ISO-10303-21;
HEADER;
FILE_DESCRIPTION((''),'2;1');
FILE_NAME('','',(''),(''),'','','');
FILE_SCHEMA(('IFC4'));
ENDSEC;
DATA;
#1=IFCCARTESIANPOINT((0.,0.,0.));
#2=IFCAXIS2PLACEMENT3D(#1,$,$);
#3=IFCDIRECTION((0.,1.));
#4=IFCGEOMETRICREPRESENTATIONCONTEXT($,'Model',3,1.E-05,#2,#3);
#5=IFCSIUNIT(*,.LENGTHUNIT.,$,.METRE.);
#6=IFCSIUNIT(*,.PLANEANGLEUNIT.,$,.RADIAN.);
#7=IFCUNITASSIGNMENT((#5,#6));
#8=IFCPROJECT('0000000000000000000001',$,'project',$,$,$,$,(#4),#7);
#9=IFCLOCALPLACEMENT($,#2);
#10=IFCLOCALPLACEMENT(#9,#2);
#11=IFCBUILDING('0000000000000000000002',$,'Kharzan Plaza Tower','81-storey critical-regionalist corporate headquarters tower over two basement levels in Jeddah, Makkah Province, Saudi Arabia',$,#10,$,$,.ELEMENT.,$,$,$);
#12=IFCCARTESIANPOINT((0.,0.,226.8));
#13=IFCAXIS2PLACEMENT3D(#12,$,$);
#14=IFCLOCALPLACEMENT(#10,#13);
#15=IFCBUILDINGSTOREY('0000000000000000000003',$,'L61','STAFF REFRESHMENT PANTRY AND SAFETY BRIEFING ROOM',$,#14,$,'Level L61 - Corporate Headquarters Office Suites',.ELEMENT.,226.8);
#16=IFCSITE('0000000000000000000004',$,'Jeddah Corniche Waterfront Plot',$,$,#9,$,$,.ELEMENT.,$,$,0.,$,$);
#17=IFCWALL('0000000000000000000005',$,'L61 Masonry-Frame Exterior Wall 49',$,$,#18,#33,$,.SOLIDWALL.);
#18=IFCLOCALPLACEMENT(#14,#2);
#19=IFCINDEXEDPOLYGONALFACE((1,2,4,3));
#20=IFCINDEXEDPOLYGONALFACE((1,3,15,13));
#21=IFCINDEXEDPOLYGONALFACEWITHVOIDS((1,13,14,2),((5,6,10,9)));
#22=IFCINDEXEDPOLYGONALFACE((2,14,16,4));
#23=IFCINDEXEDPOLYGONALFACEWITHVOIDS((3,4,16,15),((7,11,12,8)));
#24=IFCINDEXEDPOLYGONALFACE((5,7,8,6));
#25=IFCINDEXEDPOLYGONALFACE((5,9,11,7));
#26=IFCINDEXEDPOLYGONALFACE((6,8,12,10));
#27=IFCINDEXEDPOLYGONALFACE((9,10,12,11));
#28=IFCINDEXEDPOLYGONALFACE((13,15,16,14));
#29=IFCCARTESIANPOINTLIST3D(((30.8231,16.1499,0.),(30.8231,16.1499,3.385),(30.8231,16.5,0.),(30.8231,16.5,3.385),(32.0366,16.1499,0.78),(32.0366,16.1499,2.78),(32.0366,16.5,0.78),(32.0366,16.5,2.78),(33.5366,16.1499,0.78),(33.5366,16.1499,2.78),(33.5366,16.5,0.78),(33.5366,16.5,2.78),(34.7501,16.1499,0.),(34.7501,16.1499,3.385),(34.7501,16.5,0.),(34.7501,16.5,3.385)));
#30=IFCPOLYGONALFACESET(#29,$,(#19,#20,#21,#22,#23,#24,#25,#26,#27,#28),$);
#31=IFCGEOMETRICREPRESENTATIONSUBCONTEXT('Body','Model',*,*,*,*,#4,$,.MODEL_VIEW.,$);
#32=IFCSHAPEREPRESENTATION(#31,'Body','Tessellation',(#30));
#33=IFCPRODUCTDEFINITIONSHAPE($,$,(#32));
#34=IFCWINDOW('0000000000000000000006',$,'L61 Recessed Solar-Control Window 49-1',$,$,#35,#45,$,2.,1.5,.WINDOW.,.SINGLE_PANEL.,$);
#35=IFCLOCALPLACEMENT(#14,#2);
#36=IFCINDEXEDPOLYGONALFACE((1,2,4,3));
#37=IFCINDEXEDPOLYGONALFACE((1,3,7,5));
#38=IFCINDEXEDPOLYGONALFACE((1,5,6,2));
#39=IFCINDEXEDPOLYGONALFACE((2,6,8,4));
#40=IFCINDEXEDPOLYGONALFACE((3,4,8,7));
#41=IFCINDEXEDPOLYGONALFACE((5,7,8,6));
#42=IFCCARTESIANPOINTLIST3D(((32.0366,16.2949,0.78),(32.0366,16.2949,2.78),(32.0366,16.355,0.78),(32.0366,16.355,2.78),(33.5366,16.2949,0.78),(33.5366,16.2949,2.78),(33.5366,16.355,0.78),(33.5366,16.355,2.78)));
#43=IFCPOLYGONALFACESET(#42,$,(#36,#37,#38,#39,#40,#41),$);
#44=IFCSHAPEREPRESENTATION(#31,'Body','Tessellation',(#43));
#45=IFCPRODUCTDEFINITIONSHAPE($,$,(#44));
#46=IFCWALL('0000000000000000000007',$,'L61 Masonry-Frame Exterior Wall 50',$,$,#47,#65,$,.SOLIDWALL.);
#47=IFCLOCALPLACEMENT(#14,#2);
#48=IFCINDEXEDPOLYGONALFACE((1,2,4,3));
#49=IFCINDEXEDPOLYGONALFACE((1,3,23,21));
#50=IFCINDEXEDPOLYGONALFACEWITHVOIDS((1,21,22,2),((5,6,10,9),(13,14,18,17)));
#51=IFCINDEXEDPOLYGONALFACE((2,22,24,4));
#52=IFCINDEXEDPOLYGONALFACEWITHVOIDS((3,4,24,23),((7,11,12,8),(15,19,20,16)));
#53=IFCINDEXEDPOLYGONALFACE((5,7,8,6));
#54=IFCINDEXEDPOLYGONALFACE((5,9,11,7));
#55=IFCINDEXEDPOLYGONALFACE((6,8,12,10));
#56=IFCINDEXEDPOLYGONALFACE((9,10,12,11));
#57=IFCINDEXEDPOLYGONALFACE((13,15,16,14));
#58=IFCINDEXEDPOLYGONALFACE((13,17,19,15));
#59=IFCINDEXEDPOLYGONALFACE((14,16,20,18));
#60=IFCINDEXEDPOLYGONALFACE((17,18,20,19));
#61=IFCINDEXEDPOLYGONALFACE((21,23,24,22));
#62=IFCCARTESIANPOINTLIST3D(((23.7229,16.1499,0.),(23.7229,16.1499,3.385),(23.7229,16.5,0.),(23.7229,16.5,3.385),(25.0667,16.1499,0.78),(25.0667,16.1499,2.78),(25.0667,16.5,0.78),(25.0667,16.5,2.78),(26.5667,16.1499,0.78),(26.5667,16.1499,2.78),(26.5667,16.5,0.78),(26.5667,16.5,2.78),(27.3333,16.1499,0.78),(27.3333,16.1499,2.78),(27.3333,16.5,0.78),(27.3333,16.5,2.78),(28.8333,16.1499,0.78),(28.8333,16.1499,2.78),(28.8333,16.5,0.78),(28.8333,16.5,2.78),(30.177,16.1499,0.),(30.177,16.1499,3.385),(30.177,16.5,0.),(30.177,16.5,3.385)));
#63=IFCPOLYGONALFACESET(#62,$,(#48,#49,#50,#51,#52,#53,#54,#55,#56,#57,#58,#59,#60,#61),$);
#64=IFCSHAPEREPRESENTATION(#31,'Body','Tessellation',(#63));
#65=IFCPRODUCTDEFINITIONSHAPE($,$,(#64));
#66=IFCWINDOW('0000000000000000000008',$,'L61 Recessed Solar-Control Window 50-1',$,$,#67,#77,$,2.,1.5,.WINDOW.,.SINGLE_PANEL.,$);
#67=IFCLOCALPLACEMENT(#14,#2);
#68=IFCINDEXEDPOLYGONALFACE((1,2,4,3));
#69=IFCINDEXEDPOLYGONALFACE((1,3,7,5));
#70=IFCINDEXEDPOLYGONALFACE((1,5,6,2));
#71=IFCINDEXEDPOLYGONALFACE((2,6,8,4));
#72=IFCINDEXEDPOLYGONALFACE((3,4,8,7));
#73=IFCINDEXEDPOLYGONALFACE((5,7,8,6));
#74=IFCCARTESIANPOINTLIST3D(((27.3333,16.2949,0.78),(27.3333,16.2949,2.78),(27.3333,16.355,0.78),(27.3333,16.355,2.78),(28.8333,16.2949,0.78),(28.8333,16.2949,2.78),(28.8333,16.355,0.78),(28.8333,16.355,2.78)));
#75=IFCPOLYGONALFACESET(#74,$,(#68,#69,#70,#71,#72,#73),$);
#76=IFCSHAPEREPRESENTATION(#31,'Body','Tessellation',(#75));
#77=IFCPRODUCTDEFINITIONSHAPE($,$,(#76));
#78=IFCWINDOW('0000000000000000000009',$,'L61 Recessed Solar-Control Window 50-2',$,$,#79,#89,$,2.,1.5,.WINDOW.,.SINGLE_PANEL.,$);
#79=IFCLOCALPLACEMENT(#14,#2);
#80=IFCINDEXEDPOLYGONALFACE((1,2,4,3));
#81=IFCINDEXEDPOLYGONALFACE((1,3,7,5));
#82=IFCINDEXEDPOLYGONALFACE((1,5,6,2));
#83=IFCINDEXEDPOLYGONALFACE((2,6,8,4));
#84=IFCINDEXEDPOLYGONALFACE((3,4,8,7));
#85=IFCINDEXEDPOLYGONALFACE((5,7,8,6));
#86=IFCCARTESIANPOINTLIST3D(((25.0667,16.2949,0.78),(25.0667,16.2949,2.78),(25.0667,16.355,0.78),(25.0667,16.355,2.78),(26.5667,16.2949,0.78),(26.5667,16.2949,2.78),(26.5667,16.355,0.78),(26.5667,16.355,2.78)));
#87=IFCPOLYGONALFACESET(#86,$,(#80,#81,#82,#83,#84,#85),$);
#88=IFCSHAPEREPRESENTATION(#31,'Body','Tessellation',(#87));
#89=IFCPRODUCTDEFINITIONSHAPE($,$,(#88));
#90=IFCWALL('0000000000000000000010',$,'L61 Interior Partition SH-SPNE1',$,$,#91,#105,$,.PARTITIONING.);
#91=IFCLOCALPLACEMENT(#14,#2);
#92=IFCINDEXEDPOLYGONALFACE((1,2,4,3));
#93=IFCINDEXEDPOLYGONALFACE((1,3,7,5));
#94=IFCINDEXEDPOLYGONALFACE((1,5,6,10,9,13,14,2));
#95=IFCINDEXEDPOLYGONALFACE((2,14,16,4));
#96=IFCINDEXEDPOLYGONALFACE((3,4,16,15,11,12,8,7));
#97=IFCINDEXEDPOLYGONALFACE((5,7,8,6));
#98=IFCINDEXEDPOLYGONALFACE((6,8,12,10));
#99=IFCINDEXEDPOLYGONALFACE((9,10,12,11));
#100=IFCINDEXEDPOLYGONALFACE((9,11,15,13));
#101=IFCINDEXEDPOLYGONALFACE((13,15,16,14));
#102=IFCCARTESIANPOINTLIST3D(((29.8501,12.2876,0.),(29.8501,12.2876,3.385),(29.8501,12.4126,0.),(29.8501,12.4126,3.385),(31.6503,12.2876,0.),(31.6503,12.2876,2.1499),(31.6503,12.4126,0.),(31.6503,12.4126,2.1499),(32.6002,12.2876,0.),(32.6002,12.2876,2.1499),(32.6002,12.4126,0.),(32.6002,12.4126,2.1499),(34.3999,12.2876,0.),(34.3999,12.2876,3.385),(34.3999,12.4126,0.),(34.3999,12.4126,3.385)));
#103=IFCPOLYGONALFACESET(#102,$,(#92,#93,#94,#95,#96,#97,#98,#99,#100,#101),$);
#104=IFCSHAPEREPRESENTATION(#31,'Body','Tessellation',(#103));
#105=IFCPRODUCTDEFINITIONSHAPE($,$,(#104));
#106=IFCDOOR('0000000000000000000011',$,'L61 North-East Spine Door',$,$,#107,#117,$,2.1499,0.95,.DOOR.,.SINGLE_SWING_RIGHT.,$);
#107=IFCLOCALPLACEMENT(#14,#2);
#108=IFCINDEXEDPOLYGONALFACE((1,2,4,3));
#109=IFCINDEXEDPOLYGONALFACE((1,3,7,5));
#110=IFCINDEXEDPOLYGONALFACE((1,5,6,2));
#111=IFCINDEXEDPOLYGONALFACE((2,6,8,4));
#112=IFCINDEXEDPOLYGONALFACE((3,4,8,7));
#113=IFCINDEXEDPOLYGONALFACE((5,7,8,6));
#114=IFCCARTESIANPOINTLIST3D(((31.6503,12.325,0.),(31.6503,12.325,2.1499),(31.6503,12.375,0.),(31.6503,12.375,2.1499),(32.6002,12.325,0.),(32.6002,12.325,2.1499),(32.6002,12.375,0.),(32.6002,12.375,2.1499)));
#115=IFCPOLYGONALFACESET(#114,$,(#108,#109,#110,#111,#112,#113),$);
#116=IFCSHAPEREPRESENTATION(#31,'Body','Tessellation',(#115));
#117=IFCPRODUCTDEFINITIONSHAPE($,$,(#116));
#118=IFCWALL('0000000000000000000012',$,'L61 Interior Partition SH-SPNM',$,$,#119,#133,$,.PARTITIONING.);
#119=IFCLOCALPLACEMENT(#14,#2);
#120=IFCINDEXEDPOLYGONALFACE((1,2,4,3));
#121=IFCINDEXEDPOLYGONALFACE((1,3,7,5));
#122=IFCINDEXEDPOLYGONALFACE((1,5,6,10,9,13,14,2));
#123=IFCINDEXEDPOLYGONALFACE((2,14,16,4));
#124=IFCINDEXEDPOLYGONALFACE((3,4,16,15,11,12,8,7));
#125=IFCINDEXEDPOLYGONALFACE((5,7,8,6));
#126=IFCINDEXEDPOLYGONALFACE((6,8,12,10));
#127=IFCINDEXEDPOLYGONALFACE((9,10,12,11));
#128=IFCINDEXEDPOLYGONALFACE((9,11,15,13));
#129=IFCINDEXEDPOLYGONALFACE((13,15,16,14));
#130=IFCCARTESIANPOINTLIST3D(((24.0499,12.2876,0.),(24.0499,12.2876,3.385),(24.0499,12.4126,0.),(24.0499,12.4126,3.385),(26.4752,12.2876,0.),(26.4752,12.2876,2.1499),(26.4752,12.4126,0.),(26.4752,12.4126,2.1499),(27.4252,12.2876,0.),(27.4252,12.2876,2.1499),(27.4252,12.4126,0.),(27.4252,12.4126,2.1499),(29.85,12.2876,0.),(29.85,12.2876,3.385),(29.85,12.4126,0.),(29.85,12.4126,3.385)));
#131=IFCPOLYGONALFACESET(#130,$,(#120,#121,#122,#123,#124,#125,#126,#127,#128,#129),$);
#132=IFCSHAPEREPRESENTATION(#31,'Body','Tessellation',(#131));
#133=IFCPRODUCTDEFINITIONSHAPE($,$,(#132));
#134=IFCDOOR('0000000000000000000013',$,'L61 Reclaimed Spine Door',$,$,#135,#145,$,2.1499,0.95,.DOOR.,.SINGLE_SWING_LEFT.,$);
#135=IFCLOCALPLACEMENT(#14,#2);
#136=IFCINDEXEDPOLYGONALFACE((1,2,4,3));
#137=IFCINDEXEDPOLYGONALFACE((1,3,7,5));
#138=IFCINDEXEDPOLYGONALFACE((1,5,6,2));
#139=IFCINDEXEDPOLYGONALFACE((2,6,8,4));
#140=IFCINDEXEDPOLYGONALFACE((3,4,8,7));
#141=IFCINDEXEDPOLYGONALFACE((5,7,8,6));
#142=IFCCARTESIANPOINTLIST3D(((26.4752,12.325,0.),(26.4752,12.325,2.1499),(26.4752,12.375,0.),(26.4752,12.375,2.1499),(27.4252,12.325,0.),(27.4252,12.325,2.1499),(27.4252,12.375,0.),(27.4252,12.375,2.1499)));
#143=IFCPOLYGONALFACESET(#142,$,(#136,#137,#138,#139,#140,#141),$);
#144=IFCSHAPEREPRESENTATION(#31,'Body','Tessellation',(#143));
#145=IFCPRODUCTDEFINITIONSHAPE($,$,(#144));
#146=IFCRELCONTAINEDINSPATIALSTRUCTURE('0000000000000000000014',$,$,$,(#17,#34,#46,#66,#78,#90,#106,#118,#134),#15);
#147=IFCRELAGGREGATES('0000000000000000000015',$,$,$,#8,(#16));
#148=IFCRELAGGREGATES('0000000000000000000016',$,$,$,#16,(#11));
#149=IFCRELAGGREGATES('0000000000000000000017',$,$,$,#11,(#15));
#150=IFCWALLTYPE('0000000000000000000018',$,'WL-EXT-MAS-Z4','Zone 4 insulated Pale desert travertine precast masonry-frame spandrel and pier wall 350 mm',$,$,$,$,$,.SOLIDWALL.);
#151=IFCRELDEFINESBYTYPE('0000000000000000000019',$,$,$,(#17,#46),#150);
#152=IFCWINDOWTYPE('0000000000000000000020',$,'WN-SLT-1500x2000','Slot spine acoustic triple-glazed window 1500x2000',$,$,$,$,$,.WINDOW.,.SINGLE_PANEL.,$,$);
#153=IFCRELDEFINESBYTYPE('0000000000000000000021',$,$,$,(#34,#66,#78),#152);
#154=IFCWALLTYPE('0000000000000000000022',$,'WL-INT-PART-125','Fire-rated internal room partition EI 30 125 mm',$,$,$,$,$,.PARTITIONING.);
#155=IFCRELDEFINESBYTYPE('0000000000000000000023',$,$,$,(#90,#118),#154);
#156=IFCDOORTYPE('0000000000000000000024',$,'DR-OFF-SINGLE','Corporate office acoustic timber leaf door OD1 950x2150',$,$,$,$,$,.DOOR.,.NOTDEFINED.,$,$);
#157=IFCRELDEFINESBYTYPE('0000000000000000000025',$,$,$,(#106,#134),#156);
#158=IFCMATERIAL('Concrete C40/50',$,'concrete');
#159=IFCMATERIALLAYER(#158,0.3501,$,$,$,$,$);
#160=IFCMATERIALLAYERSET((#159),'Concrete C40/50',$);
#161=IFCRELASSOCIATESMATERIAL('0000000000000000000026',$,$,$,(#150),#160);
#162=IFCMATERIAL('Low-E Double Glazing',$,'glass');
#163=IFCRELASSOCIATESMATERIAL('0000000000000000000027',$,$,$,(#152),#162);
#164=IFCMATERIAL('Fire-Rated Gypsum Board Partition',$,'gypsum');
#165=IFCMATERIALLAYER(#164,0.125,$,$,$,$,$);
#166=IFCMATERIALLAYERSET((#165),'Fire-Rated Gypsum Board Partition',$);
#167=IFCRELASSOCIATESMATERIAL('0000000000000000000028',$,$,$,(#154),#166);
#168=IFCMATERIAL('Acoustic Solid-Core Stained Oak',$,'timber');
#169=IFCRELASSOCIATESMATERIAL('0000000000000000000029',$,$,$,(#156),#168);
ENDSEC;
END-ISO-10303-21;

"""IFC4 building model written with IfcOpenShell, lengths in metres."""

from ifc_helpers import new_model, si_unit, direction, frame, frame_2d, origin, place, context, subcontext, project, spatial, rectangle, extrude, source, transform, mapped, material, layer, layer_set, type_object, element, fill, save


model = new_model("IFC4")

# Units and contexts
model_context = context("Model", 3, precision=1e-05, world=origin(), true_north=direction((0.0, 1.0)))
body_context = subcontext(model_context, "Body", "Model", "MODEL_VIEW")
ifc_project = project(units=[si_unit("LENGTHUNIT", "METRE"), si_unit("PLANEANGLEUNIT", "RADIAN")], contexts=[model_context])

# Site, building, storey
site_placement = place(None, origin())
site = spatial("IfcSite", under=ifc_project, at=site_placement, Name="Jeddah Corniche Waterfront Plot", CompositionType="ELEMENT", RefElevation=0.0)
building_placement = place(site_placement, origin())
building = spatial("IfcBuilding", under=site, at=building_placement, Name="Kharzan Plaza Tower", Description="81-storey critical-regionalist corporate headquarters tower over two basement levels in Jeddah, Makkah Province, Saudi Arabia", CompositionType="ELEMENT")
storey_placement = place(building_placement, frame((0.0, 0.0, 226.8)))
storey = spatial("IfcBuildingStorey", under=building, at=storey_placement, Name="L61", Description="STAFF REFRESHMENT PANTRY AND SAFETY BRIEFING ROOM", LongName="Level L61 - Corporate Headquarters Office Suites", CompositionType="ELEMENT", Elevation=226.8)

# Wall, opening, window
ifc_material_1 = material(Name="Concrete C40/50", Category="concrete")
ifc_layer_1 = layer(ifc_material_1, 0.3501)
ifc_layer_set_1 = layer_set([ifc_layer_1], Name="Concrete C40/50")
wall_type_1 = type_object("IfcWallType", Name="WL-EXT-MAS-Z4", Description="Zone 4 insulated Pale desert travertine precast masonry-frame spandrel and pier wall 350 mm", PredefinedType="SOLIDWALL", material=ifc_layer_set_1)
wall_1_placement = place(storey_placement, frame((34.75, 16.325, 0.0), z_axis=(0.0, 0.0, 1.0), x_axis=(-1.0, 0.0, 0.0)))
wall_1 = element("IfcWall", 1, at=wall_1_placement, inside=storey, type_object=wall_type_1, Name="L61 Masonry-Frame Exterior Wall 49", PredefinedType="SOLIDWALL", context=body_context, shape_type="SweptSolid", body=[
    extrude(rectangle(XDim=3.927, YDim=0.3501, at=frame_2d((1.9634, 0.0))), origin(), (0.0, 0.0, 1.0), 3.385),
])
opening_1_placement = place(wall_1_placement, frame((1.2134, 0.0, 0.78)))
opening_1 = element("IfcOpeningElement", 2, at=opening_1_placement, cuts=wall_1, PredefinedType="OPENING", context=body_context, shape_type="SweptSolid", body=[
    extrude(rectangle(XDim=1.5, YDim=2.0, at=frame_2d((0.75, 1.0))), frame((0.0, 0.1851, 0.0), z_axis=(0.0, -1.0, 0.0), x_axis=(1.0, 0.0, 0.0)), (0.0, 0.0, 1.0), 0.3701),
])
ifc_material_2 = material(Name="Low-E Double Glazing", Category="glass")
window_type = type_object("IfcWindowType", Name="WN-SLT-1500x2000", Description="Slot spine acoustic triple-glazed window 1500x2000", PartitioningType="SINGLE_PANEL", PredefinedType="WINDOW", material=ifc_material_2)
shared_shape_1 = source(origin(), body_context, "Body", "SweptSolid", [
    extrude(rectangle(XDim=1.5, YDim=2.0, at=frame_2d((0.75, 1.0))), frame((0.0, 0.03, 0.0), z_axis=(0.0, -1.0, 0.0), x_axis=(1.0, 0.0, 0.0)), (0.0, 0.0, 1.0), 0.0601),
])
window_1_placement = place(opening_1_placement, origin())
window_1 = element("IfcWindow", 3, at=window_1_placement, inside=storey, type_object=window_type, Name="L61 Recessed Solar-Control Window 49-1", OverallHeight=2.0, OverallWidth=1.5, PartitioningType="SINGLE_PANEL", PredefinedType="WINDOW", context=body_context, shape_type="MappedRepresentation", body=[
    mapped(shared_shape_1, transform((0.0, 0.0, 0.0), x_axis=(1.0, 0.0, 0.0), y_axis=(0.0, 1.0, 0.0), z_axis=(0.0, 0.0, 1.0))),
])
fill(opening_1, window_1)

# Wall, openings, windows
wall_2_placement = place(storey_placement, frame((30.177, 16.325, 0.0), z_axis=(0.0, 0.0, 1.0), x_axis=(-1.0, 0.0, 0.0)))
wall_2 = element("IfcWall", 4, at=wall_2_placement, inside=storey, type_object=wall_type_1, Name="L61 Masonry-Frame Exterior Wall 50", PredefinedType="SOLIDWALL", context=body_context, shape_type="SweptSolid", body=[
    extrude(rectangle(XDim=6.4541, YDim=0.3501, at=frame_2d((3.2271, 0.0))), origin(), (0.0, 0.0, 1.0), 3.385),
])
opening_2_placement = place(wall_2_placement, frame((1.3438, 0.0, 0.78)))
opening_2 = element("IfcOpeningElement", 5, at=opening_2_placement, cuts=wall_2, PredefinedType="OPENING", context=body_context, shape_type="SweptSolid", body=[
    extrude(rectangle(XDim=1.5, YDim=2.0, at=frame_2d((0.75, 1.0))), frame((0.0, 0.1851, 0.0), z_axis=(0.0, -1.0, 0.0), x_axis=(1.0, 0.0, 0.0)), (0.0, 0.0, 1.0), 0.3701),
])
opening_3_placement = place(wall_2_placement, frame((3.6104, 0.0, 0.78)))
opening_3 = element("IfcOpeningElement", 6, at=opening_3_placement, cuts=wall_2, PredefinedType="OPENING", context=body_context, shape_type="SweptSolid", body=[
    extrude(rectangle(XDim=1.5, YDim=2.0, at=frame_2d((0.75, 1.0))), frame((0.0, 0.1851, 0.0), z_axis=(0.0, -1.0, 0.0), x_axis=(1.0, 0.0, 0.0)), (0.0, 0.0, 1.0), 0.3701),
])
window_2_placement = place(opening_2_placement, origin())
window_2 = element("IfcWindow", 7, at=window_2_placement, inside=storey, type_object=window_type, Name="L61 Recessed Solar-Control Window 50-1", OverallHeight=2.0, OverallWidth=1.5, PartitioningType="SINGLE_PANEL", PredefinedType="WINDOW", context=body_context, shape_type="MappedRepresentation", body=[
    mapped(shared_shape_1, transform((0.0, 0.0, 0.0), x_axis=(1.0, 0.0, 0.0), y_axis=(0.0, 1.0, 0.0), z_axis=(0.0, 0.0, 1.0))),
])
fill(opening_2, window_2)
window_3_placement = place(opening_3_placement, origin())
window_3 = element("IfcWindow", 8, at=window_3_placement, inside=storey, type_object=window_type, Name="L61 Recessed Solar-Control Window 50-2", OverallHeight=2.0, OverallWidth=1.5, PartitioningType="SINGLE_PANEL", PredefinedType="WINDOW", context=body_context, shape_type="MappedRepresentation", body=[
    mapped(shared_shape_1, transform((0.0, 0.0, 0.0), x_axis=(1.0, 0.0, 0.0), y_axis=(0.0, 1.0, 0.0), z_axis=(0.0, 0.0, 1.0))),
])
fill(opening_3, window_3)

# Walls, openings, doors
ifc_material_3 = material(Name="Fire-Rated Gypsum Board Partition", Category="gypsum")
ifc_layer_2 = layer(ifc_material_3, 0.125)
ifc_layer_set_2 = layer_set([ifc_layer_2], Name="Fire-Rated Gypsum Board Partition")
wall_type_2 = type_object("IfcWallType", Name="WL-INT-PART-125", Description="Fire-rated internal room partition EI 30 125 mm", PredefinedType="PARTITIONING", material=ifc_layer_set_2)
wall_3_placement = place(storey_placement, frame((29.8501, 12.3501, 0.0), z_axis=(0.0, 0.0, 1.0), x_axis=(1.0, 0.0, 0.0)))
wall_3 = element("IfcWall", 9, at=wall_3_placement, inside=storey, type_object=wall_type_2, Name="L61 Interior Partition SH-SPNE1", PredefinedType="PARTITIONING", context=body_context, shape_type="SweptSolid", body=[
    extrude(rectangle(XDim=4.5498, YDim=0.125, at=frame_2d((2.2749, 0.0))), origin(), (0.0, 0.0, 1.0), 3.385),
])
opening_4_placement = place(wall_3_placement, frame((1.8, 0.0, 0.0)))
opening_4 = element("IfcOpeningElement", 10, at=opening_4_placement, cuts=wall_3, PredefinedType="OPENING", context=body_context, shape_type="SweptSolid", body=[
    extrude(rectangle(XDim=0.95, YDim=2.1499, at=frame_2d((0.4751, 1.075))), frame((0.0, 0.0725, 0.0), z_axis=(0.0, -1.0, 0.0), x_axis=(1.0, 0.0, 0.0)), (0.0, 0.0, 1.0), 0.145),
])
ifc_material_4 = material(Name="Acoustic Solid-Core Stained Oak", Category="timber")
door_type = type_object("IfcDoorType", Name="DR-OFF-SINGLE", Description="Corporate office acoustic timber leaf door OD1 950x2150", OperationType="NOTDEFINED", PredefinedType="DOOR", material=ifc_material_4)
shared_shape_2 = source(origin(), body_context, "Body", "SweptSolid", [
    extrude(rectangle(XDim=0.95, YDim=2.1499, at=frame_2d((0.4751, 1.075))), frame((0.0, 0.0249, 0.0), z_axis=(0.0, -1.0, 0.0), x_axis=(1.0, 0.0, 0.0)), (0.0, 0.0, 1.0), 0.05),
])
door_1_placement = place(opening_4_placement, origin())
door_1 = element("IfcDoor", 11, at=door_1_placement, inside=storey, type_object=door_type, Name="L61 North-East Spine Door", OperationType="SINGLE_SWING_RIGHT", OverallHeight=2.1499, OverallWidth=0.95, PredefinedType="DOOR", context=body_context, shape_type="MappedRepresentation", body=[
    mapped(shared_shape_2, transform((0.0, 0.0, 0.0), x_axis=(1.0, 0.0, 0.0), y_axis=(0.0, 1.0, 0.0), z_axis=(0.0, 0.0, 1.0))),
])
fill(opening_4, door_1)
wall_4_placement = place(storey_placement, frame((24.05, 12.3501, 0.0), z_axis=(0.0, 0.0, 1.0), x_axis=(1.0, 0.0, 0.0)))
wall_4 = element("IfcWall", 12, at=wall_4_placement, inside=storey, type_object=wall_type_2, Name="L61 Interior Partition SH-SPNM", PredefinedType="PARTITIONING", context=body_context, shape_type="SweptSolid", body=[
    extrude(rectangle(XDim=5.8, YDim=0.125, at=frame_2d((2.8999, 0.0))), origin(), (0.0, 0.0, 1.0), 3.385),
])
opening_5_placement = place(wall_4_placement, frame((2.425, 0.0, 0.0)))
opening_5 = element("IfcOpeningElement", 13, at=opening_5_placement, cuts=wall_4, PredefinedType="OPENING", context=body_context, shape_type="SweptSolid", body=[
    extrude(rectangle(XDim=0.95, YDim=2.1499, at=frame_2d((0.4751, 1.075))), frame((0.0, 0.0725, 0.0), z_axis=(0.0, -1.0, 0.0), x_axis=(1.0, 0.0, 0.0)), (0.0, 0.0, 1.0), 0.145),
])
door_2_placement = place(opening_5_placement, origin())
door_2 = element("IfcDoor", 14, at=door_2_placement, inside=storey, type_object=door_type, Name="L61 Reclaimed Spine Door", OperationType="SINGLE_SWING_LEFT", OverallHeight=2.1499, OverallWidth=0.95, PredefinedType="DOOR", context=body_context, shape_type="MappedRepresentation", body=[
    mapped(shared_shape_2, transform((0.0, 0.0, 0.0), x_axis=(1.0, 0.0, 0.0), y_axis=(0.0, 1.0, 0.0), z_axis=(0.0, 0.0, 1.0))),
])
fill(opening_5, door_2)

save(model, "model.ifc")
